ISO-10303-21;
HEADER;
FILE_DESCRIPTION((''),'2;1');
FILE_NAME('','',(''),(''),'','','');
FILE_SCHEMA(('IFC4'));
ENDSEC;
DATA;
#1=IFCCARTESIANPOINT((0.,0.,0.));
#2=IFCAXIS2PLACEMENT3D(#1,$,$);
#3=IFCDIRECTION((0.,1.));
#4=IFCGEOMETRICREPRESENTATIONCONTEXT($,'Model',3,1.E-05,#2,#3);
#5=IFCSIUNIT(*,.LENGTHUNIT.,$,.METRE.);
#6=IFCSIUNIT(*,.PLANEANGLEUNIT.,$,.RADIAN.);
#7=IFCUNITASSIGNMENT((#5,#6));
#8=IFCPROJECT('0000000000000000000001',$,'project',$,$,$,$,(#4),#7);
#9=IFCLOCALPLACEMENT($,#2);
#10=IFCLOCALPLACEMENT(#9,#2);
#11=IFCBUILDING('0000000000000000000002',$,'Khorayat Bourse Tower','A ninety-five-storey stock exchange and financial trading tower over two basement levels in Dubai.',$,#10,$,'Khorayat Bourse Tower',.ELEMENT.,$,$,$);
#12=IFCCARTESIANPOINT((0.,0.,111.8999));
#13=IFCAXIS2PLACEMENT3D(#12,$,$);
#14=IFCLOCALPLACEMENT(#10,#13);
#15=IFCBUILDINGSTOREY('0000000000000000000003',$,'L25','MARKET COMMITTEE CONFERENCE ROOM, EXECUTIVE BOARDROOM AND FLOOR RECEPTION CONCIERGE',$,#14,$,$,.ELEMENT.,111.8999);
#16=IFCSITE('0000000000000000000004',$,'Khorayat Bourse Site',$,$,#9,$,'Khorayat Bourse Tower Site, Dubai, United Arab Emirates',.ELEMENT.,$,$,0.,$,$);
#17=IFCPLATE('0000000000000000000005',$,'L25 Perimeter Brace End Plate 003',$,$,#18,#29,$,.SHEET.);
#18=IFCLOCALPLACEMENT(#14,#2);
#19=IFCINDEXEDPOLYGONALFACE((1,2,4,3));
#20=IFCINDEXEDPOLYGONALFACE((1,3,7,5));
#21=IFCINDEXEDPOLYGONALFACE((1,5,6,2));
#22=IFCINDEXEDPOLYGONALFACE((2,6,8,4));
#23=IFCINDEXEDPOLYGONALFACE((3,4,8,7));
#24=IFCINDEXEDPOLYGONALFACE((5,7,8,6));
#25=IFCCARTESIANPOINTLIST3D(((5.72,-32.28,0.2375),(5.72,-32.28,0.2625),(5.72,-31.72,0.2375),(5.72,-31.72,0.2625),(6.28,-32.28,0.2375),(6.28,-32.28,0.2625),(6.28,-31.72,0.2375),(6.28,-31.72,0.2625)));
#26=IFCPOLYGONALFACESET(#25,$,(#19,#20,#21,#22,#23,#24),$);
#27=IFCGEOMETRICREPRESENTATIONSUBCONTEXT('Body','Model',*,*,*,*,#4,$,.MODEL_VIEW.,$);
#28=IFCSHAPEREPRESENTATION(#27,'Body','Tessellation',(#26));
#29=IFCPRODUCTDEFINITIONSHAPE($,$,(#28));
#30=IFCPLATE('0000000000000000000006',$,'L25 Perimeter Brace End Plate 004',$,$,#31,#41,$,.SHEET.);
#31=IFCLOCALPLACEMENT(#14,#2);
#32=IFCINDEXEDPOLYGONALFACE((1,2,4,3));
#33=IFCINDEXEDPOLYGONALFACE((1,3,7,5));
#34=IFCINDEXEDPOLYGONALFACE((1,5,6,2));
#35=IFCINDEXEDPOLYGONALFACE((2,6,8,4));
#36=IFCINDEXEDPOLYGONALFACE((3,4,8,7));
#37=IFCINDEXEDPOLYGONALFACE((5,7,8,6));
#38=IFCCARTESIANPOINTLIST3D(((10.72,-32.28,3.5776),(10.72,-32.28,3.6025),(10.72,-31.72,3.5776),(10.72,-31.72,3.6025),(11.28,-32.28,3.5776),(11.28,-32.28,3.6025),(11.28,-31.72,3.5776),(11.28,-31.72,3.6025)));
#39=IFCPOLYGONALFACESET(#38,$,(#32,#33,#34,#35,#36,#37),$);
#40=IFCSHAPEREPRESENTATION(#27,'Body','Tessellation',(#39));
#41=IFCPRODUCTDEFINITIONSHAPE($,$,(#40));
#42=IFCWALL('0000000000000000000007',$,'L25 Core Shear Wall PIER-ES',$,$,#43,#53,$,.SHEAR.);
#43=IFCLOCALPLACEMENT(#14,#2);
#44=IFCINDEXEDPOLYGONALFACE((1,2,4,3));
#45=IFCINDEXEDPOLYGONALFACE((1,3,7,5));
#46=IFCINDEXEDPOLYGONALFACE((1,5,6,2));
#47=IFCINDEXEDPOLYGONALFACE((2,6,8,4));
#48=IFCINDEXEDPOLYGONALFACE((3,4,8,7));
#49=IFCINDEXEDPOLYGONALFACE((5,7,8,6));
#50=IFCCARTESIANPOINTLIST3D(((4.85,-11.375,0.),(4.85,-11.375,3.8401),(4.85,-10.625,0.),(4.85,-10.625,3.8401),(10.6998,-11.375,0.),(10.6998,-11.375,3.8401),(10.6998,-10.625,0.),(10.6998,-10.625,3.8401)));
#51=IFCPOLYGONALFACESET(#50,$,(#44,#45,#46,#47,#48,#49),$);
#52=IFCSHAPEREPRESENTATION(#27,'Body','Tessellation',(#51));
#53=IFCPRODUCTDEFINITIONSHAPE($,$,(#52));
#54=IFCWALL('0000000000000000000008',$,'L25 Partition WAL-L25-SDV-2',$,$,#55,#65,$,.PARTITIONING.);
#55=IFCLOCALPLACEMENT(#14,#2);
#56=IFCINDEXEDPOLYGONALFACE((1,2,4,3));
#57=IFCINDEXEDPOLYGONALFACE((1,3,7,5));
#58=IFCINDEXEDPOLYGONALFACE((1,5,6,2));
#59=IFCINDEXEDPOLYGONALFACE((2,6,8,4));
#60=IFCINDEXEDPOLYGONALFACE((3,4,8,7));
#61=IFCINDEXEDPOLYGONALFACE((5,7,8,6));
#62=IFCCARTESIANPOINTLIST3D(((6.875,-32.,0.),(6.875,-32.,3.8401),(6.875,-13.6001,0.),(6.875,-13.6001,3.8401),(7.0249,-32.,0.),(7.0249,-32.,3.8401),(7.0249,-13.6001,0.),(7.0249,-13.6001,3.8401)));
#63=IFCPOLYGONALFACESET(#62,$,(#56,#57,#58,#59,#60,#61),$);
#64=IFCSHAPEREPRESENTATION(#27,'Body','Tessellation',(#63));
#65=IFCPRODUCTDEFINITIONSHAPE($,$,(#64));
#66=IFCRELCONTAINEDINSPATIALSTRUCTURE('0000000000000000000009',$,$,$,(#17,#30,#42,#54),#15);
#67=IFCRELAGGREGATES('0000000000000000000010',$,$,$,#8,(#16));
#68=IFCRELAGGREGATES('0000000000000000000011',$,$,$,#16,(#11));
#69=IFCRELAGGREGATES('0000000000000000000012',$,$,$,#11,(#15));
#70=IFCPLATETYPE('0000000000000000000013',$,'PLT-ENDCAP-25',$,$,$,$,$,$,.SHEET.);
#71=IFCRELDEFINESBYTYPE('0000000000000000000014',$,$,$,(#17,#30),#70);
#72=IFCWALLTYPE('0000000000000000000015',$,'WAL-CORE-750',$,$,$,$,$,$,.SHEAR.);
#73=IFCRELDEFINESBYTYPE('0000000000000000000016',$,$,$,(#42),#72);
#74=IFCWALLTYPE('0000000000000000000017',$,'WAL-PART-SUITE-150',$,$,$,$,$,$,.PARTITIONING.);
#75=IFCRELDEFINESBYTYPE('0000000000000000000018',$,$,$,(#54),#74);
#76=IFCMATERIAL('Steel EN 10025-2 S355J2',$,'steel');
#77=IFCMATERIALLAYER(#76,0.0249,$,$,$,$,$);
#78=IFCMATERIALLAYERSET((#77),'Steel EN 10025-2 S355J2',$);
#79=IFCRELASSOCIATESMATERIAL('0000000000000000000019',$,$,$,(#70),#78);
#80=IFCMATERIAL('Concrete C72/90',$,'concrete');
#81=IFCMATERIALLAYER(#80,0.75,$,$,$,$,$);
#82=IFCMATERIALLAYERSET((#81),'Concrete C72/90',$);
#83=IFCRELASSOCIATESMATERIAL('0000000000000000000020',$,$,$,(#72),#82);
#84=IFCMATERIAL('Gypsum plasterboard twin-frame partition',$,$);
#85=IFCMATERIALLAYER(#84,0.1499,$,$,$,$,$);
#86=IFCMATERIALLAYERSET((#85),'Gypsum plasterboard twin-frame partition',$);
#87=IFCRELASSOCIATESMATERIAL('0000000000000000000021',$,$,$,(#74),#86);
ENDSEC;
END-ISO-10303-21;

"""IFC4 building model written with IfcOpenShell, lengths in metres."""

from ifc_helpers import new_model, si_unit, direction, frame, frame_2d, origin, origin_2d, place, context, subcontext, project, spatial, rectangle, extrude, source, transform, mapped, material, layer, layer_set, type_object, element, save


model = new_model("IFC4")

# Units and contexts
model_context = context("Model", 3, precision=1e-05, world=origin(), true_north=direction((0.0, 1.0)))
body_context = subcontext(model_context, "Body", "Model", "MODEL_VIEW")
ifc_project = project(units=[si_unit("LENGTHUNIT", "METRE"), si_unit("PLANEANGLEUNIT", "RADIAN")], contexts=[model_context])

# Site, building, storey
site_placement = place(None, origin())
site = spatial("IfcSite", under=ifc_project, at=site_placement, Name="Khorayat Bourse Site", LongName="Khorayat Bourse Tower Site, Dubai, United Arab Emirates", CompositionType="ELEMENT", RefElevation=0.0)
building_placement = place(site_placement, origin())
building = spatial("IfcBuilding", under=site, at=building_placement, Name="Khorayat Bourse Tower", Description="A ninety-five-storey stock exchange and financial trading tower over two basement levels in Dubai.", LongName="Khorayat Bourse Tower", CompositionType="ELEMENT")
storey_placement = place(building_placement, frame((0.0, 0.0, 111.8999)))
storey = spatial("IfcBuildingStorey", under=building, at=storey_placement, Name="L25", Description="MARKET COMMITTEE CONFERENCE ROOM, EXECUTIVE BOARDROOM AND FLOOR RECEPTION CONCIERGE", CompositionType="ELEMENT", Elevation=111.8999)

# Shared definitions
ifc_material_1 = material(Name="Concrete C72/90", Category="concrete")

# Plates
ifc_material_2 = material(Name="Steel EN 10025-2 S355J2", Category="steel")
ifc_layer_1 = layer(ifc_material_2, 0.0249)
ifc_layer_set_1 = layer_set([ifc_layer_1], Name="Steel EN 10025-2 S355J2")
plate_type = type_object("IfcPlateType", Name="PLT-ENDCAP-25", PredefinedType="SHEET", material=ifc_layer_set_1)
shared_shape_1 = source(origin(), body_context, "Body", "SweptSolid", [
    extrude(rectangle(XDim=0.5601, YDim=0.5601, at=origin_2d()), origin(), (0.0, 0.0, 1.0), 0.0249),
])
for number, where, z_axis, x_axis, name in (
    (1, (6.0, -32.0, 0.2375), (0.0, 0.0, 1.0), (1.0, 0.0, 0.0), "L25 Perimeter Brace End Plate 003"),
    (2, (11.0, -32.0, 3.5776), (0.0, 0.0, 1.0), (1.0, 0.0, 0.0), "L25 Perimeter Brace End Plate 004"),
):
    element("IfcPlate", number, at=place(storey_placement, frame(where, z_axis=z_axis, x_axis=x_axis)), inside=storey, type_object=plate_type, Name=name, PredefinedType="SHEET", context=body_context, shape_type="MappedRepresentation", body=[
        mapped(shared_shape_1, transform((0.0, 0.0, 0.0), scale=1.0)),
    ])

# Walls
ifc_layer_2 = layer(ifc_material_1, 0.75)
ifc_layer_set_2 = layer_set([ifc_layer_2], Name="Concrete C72/90")
wall_type_1 = type_object("IfcWallType", Name="WAL-CORE-750", PredefinedType="SHEAR", material=ifc_layer_set_2)
shared_shape_2 = source(origin(), body_context, "Body", "SweptSolid", [
    extrude(rectangle(XDim=5.8499, YDim=0.75, at=frame_2d((2.9248, 0.0))), origin(), (0.0, 0.0, 1.0), 3.8401),
])
wall_1_placement = place(storey_placement, frame((4.8501, -11.0, 0.0), z_axis=(0.0, 0.0, 1.0), x_axis=(1.0, 0.0, 0.0)))
element("IfcWall", 3, at=wall_1_placement, inside=storey, type_object=wall_type_1, Name="L25 Core Shear Wall PIER-ES", PredefinedType="SHEAR", context=body_context, shape_type="MappedRepresentation", body=[
    mapped(shared_shape_2, transform((0.0, 0.0, 0.0), scale=1.0)),
])
ifc_material_3 = material(Name="Gypsum plasterboard twin-frame partition")
ifc_layer_3 = layer(ifc_material_3, 0.1499)
ifc_layer_set_3 = layer_set([ifc_layer_3], Name="Gypsum plasterboard twin-frame partition")
wall_type_2 = type_object("IfcWallType", Name="WAL-PART-SUITE-150", PredefinedType="PARTITIONING", material=ifc_layer_set_3)
shared_shape_3 = source(origin(), body_context, "Body", "SweptSolid", [
    extrude(rectangle(XDim=18.3999, YDim=0.1499, at=frame_2d((9.2, 0.0))), origin(), (0.0, 0.0, 1.0), 3.8401),
])
wall_2_placement = place(storey_placement, frame((6.95, -32.0, 0.0), z_axis=(0.0, 0.0, 1.0), x_axis=(0.0, 1.0, 0.0)))
element("IfcWall", 4, at=wall_2_placement, inside=storey, type_object=wall_type_2, Name="L25 Partition WAL-L25-SDV-2", PredefinedType="PARTITIONING", context=body_context, shape_type="MappedRepresentation", body=[
    mapped(shared_shape_3, transform((0.0, 0.0, 0.0), scale=1.0)),
])

save(model, "model.ifc")
